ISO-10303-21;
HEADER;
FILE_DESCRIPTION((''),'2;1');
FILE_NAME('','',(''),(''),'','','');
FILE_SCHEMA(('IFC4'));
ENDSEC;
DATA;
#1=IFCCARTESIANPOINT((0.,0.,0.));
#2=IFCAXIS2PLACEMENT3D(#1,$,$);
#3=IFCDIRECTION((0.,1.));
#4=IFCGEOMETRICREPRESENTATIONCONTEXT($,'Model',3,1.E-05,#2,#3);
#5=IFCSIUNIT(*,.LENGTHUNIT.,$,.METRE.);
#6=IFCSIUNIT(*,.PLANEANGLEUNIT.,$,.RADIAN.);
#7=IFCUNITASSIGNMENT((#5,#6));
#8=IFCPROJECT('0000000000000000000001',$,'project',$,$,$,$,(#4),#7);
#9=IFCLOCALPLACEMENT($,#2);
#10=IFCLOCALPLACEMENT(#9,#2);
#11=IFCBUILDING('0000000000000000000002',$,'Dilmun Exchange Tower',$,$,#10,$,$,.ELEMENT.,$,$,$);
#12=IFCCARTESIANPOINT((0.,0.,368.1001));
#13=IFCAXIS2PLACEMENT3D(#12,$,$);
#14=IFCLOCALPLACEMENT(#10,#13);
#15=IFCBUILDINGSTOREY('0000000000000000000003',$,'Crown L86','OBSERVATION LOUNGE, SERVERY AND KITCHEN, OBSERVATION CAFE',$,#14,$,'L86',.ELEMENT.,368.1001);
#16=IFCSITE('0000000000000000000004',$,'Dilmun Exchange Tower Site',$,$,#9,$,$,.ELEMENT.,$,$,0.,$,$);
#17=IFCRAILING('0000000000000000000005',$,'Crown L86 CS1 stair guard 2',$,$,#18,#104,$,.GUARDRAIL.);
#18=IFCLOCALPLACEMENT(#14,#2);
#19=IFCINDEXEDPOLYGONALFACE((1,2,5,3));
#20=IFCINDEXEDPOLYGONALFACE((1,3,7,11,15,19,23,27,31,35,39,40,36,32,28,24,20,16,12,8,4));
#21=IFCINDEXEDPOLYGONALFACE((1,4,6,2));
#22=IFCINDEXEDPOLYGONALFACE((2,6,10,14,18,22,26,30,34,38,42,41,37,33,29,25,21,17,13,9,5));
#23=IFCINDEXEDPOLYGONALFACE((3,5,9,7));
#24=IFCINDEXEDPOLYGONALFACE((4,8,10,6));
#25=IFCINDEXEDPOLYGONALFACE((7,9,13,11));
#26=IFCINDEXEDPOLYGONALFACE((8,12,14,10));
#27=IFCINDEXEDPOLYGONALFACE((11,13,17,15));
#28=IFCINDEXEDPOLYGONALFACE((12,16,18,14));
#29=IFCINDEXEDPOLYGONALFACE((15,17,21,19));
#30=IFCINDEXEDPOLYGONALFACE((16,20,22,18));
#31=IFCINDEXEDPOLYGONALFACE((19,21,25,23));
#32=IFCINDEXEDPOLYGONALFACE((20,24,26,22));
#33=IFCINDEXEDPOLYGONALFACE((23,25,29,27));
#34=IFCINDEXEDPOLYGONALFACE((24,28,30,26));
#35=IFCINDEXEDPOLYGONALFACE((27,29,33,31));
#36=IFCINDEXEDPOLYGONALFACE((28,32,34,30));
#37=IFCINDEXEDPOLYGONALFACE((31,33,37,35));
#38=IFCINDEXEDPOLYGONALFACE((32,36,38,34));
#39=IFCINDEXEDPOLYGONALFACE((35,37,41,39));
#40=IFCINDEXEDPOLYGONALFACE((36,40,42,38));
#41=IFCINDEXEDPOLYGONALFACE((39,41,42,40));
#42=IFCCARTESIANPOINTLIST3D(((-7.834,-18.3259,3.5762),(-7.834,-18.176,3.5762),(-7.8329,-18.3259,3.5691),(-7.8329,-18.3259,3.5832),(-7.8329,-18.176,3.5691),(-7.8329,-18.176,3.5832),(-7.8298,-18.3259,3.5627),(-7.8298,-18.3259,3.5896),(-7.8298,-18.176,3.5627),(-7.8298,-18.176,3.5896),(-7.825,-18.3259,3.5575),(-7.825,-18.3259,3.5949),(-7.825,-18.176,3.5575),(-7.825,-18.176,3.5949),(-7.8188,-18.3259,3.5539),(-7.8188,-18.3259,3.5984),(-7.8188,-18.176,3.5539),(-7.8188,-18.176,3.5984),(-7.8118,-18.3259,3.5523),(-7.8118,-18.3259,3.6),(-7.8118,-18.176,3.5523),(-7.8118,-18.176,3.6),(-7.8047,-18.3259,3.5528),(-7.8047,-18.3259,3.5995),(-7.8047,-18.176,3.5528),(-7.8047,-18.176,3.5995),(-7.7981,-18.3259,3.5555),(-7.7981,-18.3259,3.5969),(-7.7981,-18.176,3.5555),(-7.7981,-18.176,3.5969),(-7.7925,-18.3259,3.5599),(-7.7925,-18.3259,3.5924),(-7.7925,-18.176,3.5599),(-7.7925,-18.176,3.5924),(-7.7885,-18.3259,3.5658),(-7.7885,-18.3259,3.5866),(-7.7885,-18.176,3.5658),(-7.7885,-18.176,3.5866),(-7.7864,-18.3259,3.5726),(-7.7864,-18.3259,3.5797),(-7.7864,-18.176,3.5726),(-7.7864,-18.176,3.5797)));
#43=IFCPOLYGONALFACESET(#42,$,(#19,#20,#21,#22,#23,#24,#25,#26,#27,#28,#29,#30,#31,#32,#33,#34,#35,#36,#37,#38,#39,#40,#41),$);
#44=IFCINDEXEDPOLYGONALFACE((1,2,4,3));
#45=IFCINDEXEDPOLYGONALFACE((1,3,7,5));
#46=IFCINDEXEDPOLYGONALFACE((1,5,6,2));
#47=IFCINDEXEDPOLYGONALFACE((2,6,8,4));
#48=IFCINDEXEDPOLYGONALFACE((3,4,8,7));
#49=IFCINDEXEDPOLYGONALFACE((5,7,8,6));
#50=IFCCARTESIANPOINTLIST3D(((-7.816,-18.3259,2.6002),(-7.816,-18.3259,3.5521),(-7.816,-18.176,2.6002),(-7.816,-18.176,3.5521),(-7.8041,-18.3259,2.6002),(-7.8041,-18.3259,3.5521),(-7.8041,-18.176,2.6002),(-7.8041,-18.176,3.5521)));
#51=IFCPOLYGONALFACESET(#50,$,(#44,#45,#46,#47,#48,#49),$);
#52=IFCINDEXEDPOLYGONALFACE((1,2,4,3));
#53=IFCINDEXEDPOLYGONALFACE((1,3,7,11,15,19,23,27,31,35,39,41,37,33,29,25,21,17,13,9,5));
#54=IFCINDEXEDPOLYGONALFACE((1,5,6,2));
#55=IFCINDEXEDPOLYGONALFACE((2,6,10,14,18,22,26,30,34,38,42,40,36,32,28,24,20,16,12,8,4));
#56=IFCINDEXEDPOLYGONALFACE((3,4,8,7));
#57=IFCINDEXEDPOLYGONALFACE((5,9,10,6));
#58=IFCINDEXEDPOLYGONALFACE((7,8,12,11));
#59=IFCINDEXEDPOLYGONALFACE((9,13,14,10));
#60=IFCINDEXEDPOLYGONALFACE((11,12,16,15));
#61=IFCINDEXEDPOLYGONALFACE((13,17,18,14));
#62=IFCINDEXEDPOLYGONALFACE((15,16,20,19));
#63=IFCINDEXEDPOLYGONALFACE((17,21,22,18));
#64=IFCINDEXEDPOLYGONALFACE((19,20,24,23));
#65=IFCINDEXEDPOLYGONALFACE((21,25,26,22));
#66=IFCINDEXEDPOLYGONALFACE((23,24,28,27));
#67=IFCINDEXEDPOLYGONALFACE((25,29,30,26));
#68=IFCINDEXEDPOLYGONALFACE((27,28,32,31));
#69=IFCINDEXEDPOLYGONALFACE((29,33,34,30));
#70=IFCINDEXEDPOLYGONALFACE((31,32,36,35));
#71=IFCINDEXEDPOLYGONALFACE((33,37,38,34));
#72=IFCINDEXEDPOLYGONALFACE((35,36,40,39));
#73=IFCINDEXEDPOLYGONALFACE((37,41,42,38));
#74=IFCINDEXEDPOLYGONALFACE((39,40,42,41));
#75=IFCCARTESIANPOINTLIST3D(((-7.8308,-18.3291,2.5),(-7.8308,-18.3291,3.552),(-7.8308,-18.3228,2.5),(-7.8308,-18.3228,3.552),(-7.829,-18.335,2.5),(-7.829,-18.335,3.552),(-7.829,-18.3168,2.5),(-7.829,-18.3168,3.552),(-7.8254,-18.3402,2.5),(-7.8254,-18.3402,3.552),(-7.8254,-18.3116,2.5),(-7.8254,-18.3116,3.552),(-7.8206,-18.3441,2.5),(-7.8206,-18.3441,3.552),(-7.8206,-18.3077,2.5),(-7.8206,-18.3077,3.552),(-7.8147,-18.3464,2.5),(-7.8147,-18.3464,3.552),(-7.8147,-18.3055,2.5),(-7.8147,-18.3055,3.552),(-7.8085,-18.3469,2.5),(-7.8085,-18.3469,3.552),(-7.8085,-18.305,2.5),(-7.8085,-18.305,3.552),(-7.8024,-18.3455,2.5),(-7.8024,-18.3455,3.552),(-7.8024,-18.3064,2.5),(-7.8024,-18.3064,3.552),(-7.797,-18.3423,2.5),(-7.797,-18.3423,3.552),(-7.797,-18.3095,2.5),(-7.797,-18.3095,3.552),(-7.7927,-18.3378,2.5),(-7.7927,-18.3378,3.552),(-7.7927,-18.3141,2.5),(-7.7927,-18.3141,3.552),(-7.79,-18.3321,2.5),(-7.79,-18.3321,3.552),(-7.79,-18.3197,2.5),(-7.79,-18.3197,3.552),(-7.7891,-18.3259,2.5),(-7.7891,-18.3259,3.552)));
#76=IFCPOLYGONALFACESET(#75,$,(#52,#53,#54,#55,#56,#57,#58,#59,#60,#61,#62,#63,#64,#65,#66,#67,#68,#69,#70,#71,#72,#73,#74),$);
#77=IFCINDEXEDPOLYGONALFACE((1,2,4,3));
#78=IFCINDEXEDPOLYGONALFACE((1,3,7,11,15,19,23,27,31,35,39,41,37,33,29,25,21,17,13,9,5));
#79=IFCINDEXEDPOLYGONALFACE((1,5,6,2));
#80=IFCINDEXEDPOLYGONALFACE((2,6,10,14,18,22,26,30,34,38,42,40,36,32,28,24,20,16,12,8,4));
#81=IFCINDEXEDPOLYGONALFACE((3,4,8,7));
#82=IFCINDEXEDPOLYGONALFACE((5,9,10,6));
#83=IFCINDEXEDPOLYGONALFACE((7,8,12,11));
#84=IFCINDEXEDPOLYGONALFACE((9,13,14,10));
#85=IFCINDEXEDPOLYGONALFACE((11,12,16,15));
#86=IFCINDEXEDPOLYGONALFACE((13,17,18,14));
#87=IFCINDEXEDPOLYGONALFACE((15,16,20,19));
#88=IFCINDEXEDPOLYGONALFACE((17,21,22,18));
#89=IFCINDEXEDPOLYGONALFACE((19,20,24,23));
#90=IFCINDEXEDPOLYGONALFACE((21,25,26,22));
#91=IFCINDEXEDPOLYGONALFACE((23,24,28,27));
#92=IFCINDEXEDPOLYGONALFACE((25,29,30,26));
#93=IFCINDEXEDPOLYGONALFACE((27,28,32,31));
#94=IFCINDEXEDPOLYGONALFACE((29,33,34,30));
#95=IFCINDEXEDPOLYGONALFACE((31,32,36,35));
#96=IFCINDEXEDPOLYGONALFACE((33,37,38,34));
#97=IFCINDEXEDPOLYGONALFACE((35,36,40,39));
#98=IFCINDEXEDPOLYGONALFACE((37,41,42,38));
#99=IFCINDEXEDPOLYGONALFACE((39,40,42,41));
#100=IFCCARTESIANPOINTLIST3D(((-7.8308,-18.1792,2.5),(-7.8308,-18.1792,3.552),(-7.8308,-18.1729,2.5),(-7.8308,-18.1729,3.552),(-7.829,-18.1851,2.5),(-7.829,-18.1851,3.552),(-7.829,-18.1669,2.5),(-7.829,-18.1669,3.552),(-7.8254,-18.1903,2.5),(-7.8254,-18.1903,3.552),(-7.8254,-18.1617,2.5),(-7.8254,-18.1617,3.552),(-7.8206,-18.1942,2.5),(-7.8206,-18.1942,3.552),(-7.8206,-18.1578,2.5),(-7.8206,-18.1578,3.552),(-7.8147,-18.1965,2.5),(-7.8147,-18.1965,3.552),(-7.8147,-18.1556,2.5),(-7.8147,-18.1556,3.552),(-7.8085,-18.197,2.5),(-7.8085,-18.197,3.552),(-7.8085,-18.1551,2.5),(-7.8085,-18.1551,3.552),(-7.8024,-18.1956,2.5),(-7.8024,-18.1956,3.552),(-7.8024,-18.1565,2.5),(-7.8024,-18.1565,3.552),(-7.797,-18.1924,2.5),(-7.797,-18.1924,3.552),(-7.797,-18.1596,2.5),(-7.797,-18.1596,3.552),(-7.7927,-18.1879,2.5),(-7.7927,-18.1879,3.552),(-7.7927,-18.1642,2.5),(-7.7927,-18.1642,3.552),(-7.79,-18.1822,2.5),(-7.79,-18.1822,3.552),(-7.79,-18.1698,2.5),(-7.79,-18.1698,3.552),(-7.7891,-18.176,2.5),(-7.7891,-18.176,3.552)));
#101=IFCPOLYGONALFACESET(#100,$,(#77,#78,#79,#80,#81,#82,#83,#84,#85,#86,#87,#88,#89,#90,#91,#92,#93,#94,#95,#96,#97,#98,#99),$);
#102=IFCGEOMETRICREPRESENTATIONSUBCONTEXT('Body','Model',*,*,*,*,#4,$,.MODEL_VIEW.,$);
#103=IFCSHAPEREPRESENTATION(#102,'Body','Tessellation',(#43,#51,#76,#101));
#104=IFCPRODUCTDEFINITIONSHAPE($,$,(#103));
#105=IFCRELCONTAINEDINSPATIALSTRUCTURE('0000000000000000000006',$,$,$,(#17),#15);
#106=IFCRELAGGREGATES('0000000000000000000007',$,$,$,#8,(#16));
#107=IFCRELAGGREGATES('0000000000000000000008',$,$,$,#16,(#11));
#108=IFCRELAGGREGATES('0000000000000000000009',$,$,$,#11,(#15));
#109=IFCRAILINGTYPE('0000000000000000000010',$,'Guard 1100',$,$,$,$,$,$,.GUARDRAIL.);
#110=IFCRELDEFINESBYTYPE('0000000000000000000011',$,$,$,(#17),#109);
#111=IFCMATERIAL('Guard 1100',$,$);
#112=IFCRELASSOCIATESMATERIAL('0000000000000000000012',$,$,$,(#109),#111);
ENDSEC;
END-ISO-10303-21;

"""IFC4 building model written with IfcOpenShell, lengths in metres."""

from ifc_helpers import new_model, si_unit, direction, frame, origin, origin_2d, place, context, subcontext, project, spatial, rectangle, circle, extrude, material, type_object, element, save


model = new_model("IFC4")

# Units and contexts
model_context = context("Model", 3, precision=1e-05, world=origin(), true_north=direction((0.0, 1.0)))
body_context = subcontext(model_context, "Body", "Model", "MODEL_VIEW")
ifc_project = project(units=[si_unit("LENGTHUNIT", "METRE"), si_unit("PLANEANGLEUNIT", "RADIAN")], contexts=[model_context])

# Site, building, storey
site_placement = place(None, origin())
site = spatial("IfcSite", under=ifc_project, at=site_placement, Name="Dilmun Exchange Tower Site", CompositionType="ELEMENT", RefElevation=0.0)
building_placement = place(site_placement, origin())
building = spatial("IfcBuilding", under=site, at=building_placement, Name="Dilmun Exchange Tower", CompositionType="ELEMENT")
storey_placement = place(building_placement, frame((0.0, 0.0, 368.1001)))
storey = spatial("IfcBuildingStorey", under=building, at=storey_placement, Name="Crown L86", Description="OBSERVATION LOUNGE, SERVERY AND KITCHEN, OBSERVATION CAFE", LongName="L86", CompositionType="ELEMENT", Elevation=368.1001)

# Railing
ifc_material_1 = material(Name="Guard 1100")
railing_type_1 = type_object("IfcRailingType", Name="Guard 1100", PredefinedType="GUARDRAIL", material=ifc_material_1)
railing_1_placement = place(storey_placement, frame((-7.8101, -18.3259, 2.5)))
element("IfcRailing", 1, at=railing_1_placement, inside=storey, type_object=railing_type_1, Name="Crown L86 CS1 stair guard 2", PredefinedType="GUARDRAIL", context=body_context, shape_type="SweptSolid", body=[
    extrude(circle(Radius=0.0239, at=origin_2d()), frame((0.0, 0.0, 1.0762), z_axis=(0.0, 1.0, 0.0), x_axis=(-1.0, 0.0, 0.0)), (0.0, 0.0, 1.0), 0.1499),
    extrude(rectangle(XDim=0.012, YDim=0.9519, at=origin_2d()), frame((0.0, 0.0, 0.5762), z_axis=(0.0, 1.0, 0.0), x_axis=(-1.0, 0.0, 0.0)), (0.0, 0.0, 1.0), 0.1499),
    extrude(circle(Radius=0.021, at=origin_2d()), origin(), (0.0, 0.0, 1.0), 1.052),
    extrude(circle(Radius=0.021, at=origin_2d()), frame((0.0, 0.1499, 0.0)), (0.0, 0.0, 1.0), 1.052),
])

save(model, "model.ifc")
